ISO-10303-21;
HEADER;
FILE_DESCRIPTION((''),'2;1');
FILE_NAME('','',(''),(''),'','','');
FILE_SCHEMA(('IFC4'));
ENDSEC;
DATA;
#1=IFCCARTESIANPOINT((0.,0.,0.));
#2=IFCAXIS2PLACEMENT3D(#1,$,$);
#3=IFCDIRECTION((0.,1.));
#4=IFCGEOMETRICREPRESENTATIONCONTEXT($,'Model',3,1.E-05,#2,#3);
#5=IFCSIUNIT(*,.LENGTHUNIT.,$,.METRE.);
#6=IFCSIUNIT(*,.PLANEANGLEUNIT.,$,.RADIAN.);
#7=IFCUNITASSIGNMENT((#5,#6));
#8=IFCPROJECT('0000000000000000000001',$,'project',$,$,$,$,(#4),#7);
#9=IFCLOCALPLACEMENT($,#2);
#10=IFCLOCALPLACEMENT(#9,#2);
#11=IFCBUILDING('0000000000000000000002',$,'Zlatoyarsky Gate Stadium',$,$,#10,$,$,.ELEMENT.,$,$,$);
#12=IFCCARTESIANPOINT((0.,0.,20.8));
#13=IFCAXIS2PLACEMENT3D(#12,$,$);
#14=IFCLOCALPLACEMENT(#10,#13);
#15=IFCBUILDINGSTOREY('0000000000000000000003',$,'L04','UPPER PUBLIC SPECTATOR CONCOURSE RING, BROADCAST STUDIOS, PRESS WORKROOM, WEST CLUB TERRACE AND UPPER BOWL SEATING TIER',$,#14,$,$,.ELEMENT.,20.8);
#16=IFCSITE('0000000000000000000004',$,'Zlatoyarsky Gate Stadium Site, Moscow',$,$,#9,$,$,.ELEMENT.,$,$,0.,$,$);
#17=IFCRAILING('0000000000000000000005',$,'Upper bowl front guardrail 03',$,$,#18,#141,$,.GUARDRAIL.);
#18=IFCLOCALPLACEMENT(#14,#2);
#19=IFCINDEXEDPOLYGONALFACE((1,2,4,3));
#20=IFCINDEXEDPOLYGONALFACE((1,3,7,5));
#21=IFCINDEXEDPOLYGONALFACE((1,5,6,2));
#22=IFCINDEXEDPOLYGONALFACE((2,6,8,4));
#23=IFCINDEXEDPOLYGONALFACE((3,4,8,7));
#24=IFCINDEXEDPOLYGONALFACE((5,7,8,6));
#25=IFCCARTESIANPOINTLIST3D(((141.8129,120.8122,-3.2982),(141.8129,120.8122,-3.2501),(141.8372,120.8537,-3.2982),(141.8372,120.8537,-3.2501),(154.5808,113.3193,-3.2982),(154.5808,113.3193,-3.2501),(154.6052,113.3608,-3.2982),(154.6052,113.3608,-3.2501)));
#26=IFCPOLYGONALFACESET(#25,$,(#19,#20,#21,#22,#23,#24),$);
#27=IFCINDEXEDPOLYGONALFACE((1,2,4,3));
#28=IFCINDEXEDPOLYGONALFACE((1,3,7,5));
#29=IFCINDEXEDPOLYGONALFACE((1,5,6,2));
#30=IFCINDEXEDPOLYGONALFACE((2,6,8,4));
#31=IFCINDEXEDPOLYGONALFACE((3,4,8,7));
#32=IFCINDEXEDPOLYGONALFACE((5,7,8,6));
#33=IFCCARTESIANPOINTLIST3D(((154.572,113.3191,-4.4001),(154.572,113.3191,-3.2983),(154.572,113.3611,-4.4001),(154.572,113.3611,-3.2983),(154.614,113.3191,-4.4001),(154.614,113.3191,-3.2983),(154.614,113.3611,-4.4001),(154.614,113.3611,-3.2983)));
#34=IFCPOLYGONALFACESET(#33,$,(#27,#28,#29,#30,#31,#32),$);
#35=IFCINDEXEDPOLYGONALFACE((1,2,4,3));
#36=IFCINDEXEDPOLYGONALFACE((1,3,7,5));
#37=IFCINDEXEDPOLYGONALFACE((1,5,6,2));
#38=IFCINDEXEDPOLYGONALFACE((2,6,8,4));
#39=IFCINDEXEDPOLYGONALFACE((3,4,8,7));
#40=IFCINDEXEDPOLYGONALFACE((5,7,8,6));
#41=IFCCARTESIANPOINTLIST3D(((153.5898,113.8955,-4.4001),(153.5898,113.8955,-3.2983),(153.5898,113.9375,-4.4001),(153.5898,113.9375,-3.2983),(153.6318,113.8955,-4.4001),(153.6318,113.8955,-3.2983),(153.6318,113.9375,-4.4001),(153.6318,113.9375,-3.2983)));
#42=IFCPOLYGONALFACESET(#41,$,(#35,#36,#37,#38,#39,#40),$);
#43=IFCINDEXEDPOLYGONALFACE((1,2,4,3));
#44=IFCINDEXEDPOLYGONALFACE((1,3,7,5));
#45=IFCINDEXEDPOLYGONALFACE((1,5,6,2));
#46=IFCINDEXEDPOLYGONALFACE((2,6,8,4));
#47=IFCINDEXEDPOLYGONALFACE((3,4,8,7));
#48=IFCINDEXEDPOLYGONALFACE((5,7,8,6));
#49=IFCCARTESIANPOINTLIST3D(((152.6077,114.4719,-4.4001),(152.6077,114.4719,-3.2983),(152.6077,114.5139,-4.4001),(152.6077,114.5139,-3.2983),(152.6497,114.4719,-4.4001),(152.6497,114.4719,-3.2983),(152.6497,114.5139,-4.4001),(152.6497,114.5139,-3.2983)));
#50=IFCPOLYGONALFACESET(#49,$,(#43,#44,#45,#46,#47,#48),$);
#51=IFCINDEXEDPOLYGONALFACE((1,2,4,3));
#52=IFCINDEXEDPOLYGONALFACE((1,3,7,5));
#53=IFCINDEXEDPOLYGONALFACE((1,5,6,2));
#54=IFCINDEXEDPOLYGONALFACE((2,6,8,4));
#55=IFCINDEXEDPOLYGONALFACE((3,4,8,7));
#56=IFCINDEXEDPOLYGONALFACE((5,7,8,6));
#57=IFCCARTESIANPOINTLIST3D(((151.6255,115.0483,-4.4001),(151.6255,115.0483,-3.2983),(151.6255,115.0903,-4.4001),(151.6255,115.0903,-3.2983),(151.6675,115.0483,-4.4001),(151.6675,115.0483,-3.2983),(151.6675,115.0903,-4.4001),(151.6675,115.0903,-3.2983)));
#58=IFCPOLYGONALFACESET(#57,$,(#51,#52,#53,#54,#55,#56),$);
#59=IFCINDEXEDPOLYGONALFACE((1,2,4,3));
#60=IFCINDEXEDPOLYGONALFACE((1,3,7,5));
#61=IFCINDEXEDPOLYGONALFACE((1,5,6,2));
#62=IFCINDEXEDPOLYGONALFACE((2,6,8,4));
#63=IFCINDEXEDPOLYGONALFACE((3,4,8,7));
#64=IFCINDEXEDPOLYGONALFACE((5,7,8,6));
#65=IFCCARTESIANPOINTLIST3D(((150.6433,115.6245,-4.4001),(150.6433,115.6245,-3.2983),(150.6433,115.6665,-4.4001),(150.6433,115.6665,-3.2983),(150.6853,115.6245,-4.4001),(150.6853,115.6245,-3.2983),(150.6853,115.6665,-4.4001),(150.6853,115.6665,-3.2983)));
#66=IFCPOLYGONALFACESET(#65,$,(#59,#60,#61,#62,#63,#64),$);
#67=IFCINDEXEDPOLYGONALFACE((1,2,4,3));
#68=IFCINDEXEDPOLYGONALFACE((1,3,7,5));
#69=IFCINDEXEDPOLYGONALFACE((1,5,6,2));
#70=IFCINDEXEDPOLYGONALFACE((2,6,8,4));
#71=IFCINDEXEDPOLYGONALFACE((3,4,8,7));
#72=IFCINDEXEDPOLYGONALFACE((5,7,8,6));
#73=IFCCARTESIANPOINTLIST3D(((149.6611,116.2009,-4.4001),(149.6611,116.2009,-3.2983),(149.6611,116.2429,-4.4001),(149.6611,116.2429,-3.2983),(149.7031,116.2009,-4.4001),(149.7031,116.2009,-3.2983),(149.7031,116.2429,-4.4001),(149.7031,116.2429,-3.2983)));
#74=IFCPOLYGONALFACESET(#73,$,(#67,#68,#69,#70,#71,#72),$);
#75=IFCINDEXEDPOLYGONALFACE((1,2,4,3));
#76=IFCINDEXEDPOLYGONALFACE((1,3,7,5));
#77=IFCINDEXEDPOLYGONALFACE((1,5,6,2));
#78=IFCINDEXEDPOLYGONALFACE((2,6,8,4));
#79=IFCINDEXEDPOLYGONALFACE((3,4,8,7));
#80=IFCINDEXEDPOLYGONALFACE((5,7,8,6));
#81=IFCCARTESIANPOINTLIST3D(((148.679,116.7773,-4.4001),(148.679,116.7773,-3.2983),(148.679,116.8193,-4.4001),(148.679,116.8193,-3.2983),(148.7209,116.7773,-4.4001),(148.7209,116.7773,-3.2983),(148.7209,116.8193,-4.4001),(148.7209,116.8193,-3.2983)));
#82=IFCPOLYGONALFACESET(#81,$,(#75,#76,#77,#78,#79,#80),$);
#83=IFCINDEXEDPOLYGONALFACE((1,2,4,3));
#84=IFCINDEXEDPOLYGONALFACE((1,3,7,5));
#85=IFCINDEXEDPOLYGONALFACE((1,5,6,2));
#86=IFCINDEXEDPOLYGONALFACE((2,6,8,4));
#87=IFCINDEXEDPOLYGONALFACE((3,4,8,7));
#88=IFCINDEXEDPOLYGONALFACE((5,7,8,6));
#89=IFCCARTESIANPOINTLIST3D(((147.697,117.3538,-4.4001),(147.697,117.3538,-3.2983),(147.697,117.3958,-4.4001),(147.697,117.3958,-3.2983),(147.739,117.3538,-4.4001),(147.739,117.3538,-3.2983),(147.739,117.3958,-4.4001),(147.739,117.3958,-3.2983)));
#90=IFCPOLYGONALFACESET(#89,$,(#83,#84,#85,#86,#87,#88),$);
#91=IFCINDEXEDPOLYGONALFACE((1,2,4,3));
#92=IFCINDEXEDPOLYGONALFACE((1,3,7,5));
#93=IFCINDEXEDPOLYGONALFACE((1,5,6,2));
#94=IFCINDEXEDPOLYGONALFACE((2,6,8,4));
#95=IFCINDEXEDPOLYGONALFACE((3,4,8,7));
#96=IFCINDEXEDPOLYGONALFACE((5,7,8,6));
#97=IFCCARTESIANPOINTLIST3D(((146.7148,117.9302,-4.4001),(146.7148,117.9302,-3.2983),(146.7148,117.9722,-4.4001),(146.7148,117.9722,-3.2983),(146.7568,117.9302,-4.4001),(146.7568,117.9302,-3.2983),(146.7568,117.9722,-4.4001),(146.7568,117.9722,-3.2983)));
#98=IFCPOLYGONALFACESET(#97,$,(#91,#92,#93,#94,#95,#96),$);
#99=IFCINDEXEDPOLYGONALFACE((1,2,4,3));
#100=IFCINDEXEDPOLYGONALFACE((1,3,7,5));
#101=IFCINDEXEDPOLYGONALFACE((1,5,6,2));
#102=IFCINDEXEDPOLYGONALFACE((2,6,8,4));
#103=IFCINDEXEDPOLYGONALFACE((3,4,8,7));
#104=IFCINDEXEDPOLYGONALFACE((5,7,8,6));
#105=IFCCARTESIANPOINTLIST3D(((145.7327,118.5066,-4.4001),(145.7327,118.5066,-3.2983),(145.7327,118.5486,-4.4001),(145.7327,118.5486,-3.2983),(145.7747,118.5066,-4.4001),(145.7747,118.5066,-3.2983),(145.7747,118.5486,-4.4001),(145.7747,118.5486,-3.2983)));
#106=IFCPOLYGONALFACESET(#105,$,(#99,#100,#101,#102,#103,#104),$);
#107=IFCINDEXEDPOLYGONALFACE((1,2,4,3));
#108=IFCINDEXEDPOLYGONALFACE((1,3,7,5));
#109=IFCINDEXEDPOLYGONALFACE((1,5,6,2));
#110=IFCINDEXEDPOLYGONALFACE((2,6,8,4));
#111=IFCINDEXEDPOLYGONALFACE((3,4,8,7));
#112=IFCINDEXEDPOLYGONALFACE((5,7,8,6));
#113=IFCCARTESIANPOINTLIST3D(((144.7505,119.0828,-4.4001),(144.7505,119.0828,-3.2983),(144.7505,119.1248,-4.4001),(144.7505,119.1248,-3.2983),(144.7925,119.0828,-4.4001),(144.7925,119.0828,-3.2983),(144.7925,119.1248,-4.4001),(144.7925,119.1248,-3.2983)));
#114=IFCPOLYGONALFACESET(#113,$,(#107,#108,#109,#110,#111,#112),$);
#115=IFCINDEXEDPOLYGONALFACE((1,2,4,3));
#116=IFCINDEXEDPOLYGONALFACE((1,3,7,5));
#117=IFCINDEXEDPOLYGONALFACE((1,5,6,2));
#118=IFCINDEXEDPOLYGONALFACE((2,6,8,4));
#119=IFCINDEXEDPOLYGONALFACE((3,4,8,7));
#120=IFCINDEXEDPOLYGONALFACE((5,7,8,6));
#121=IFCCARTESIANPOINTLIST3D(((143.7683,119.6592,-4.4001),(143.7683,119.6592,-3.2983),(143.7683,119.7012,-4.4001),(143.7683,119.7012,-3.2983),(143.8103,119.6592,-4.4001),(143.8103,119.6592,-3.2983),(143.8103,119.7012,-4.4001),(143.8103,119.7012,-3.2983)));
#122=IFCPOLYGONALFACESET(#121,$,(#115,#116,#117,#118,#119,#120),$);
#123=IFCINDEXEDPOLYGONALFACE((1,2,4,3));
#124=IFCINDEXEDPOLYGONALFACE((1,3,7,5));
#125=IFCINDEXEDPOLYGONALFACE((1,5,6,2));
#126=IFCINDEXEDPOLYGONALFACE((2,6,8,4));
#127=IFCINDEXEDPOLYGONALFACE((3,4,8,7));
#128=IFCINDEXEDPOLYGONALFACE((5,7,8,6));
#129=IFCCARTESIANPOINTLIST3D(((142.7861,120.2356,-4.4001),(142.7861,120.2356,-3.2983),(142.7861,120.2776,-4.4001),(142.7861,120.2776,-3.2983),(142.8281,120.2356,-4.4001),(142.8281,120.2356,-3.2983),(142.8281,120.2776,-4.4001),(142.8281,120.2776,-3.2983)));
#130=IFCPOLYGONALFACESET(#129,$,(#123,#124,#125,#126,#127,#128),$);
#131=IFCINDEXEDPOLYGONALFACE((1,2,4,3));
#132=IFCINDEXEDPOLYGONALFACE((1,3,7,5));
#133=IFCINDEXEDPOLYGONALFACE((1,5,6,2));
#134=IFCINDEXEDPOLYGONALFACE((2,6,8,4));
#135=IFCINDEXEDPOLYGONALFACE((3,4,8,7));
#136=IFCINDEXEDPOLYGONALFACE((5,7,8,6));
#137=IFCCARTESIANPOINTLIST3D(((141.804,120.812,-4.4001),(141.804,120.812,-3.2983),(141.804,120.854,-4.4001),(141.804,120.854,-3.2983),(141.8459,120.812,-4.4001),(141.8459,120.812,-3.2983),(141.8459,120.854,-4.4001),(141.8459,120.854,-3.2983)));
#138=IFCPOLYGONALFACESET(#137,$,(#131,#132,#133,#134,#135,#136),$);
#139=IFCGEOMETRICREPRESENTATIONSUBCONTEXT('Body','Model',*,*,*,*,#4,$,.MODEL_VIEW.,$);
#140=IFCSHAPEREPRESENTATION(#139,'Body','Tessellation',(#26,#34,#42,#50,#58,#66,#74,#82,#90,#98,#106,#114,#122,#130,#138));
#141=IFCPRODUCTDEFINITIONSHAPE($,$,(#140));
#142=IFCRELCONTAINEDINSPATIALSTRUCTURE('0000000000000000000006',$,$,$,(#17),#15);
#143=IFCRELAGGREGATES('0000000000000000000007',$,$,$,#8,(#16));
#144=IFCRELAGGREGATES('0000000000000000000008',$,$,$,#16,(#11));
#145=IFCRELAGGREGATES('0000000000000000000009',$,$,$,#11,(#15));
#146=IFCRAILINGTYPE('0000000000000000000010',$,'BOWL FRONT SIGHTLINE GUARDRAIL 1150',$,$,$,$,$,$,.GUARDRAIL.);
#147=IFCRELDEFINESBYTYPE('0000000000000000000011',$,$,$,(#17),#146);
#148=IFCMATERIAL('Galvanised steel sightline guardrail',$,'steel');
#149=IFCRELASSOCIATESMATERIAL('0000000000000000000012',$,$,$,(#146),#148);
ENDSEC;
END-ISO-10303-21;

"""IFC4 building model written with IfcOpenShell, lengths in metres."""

from ifc_helpers import new_model, si_unit, direction, frame, origin, origin_2d, place, context, subcontext, project, spatial, rectangle, extrude, material, type_object, element, save


model = new_model("IFC4")

# Units and contexts
model_context = context("Model", 3, precision=1e-05, world=origin(), true_north=direction((0.0, 1.0)))
body_context = subcontext(model_context, "Body", "Model", "MODEL_VIEW")
ifc_project = project(units=[si_unit("LENGTHUNIT", "METRE"), si_unit("PLANEANGLEUNIT", "RADIAN")], contexts=[model_context])

# Site, building, storey
site_placement = place(None, origin())
site = spatial("IfcSite", under=ifc_project, at=site_placement, Name="Zlatoyarsky Gate Stadium Site, Moscow", CompositionType="ELEMENT", RefElevation=0.0)
building_placement = place(site_placement, origin())
building = spatial("IfcBuilding", under=site, at=building_placement, Name="Zlatoyarsky Gate Stadium", CompositionType="ELEMENT")
storey_placement = place(building_placement, frame((0.0, 0.0, 20.8)))
storey = spatial("IfcBuildingStorey", under=building, at=storey_placement, Name="L04", Description="UPPER PUBLIC SPECTATOR CONCOURSE RING, BROADCAST STUDIOS, PRESS WORKROOM, WEST CLUB TERRACE AND UPPER BOWL SEATING TIER", CompositionType="ELEMENT", Elevation=20.8)

# Railing
ifc_material_1 = material(Name="Galvanised steel sightline guardrail", Category="steel")
railing_type_1 = type_object("IfcRailingType", Name="BOWL FRONT SIGHTLINE GUARDRAIL 1150", PredefinedType="GUARDRAIL", material=ifc_material_1)
railing_1_placement = place(storey_placement, frame((154.593, 113.3401, -4.4001)))
element("IfcRailing", 1, at=railing_1_placement, inside=storey, type_object=railing_type_1, Name="Upper bowl front guardrail 03", PredefinedType="GUARDRAIL", context=body_context, shape_type="SweptSolid", body=[
    extrude(rectangle(XDim=0.0481, YDim=0.0481, at=origin_2d()), frame((0.0, 0.0, 1.126), z_axis=(-0.862456, 0.506131, 0.0), x_axis=(-0.506131, -0.862456, 0.0)), (0.0, 0.0, 1.0), 14.8042),
    extrude(rectangle(XDim=0.042, YDim=0.042, at=origin_2d()), origin(), (0.0, 0.0, 1.0), 1.1018),
    extrude(rectangle(XDim=0.042, YDim=0.042, at=origin_2d()), frame((-0.9822, 0.5764, 0.0)), (0.0, 0.0, 1.0), 1.1018),
    extrude(rectangle(XDim=0.042, YDim=0.042, at=origin_2d()), frame((-1.9644, 1.1528, 0.0)), (0.0, 0.0, 1.0), 1.1018),
    extrude(rectangle(XDim=0.042, YDim=0.042, at=origin_2d()), frame((-2.9465, 1.7292, 0.0)), (0.0, 0.0, 1.0), 1.1018),
    extrude(rectangle(XDim=0.042, YDim=0.042, at=origin_2d()), frame((-3.9287, 2.3054, 0.0)), (0.0, 0.0, 1.0), 1.1018),
    extrude(rectangle(XDim=0.042, YDim=0.042, at=origin_2d()), frame((-4.9109, 2.8818, 0.0)), (0.0, 0.0, 1.0), 1.1018),
    extrude(rectangle(XDim=0.042, YDim=0.042, at=origin_2d()), frame((-5.8931, 3.4583, 0.0)), (0.0, 0.0, 1.0), 1.1018),
    extrude(rectangle(XDim=0.042, YDim=0.042, at=origin_2d()), frame((-6.875, 4.0347, 0.0)), (0.0, 0.0, 1.0), 1.1018),
    extrude(rectangle(XDim=0.042, YDim=0.042, at=origin_2d()), frame((-7.8572, 4.6111, 0.0)), (0.0, 0.0, 1.0), 1.1018),
    extrude(rectangle(XDim=0.042, YDim=0.042, at=origin_2d()), frame((-8.8394, 5.1875, 0.0)), (0.0, 0.0, 1.0), 1.1018),
    extrude(rectangle(XDim=0.042, YDim=0.042, at=origin_2d()), frame((-9.8215, 5.7637, 0.0)), (0.0, 0.0, 1.0), 1.1018),
    extrude(rectangle(XDim=0.042, YDim=0.042, at=origin_2d()), frame((-10.8037, 6.3401, 0.0)), (0.0, 0.0, 1.0), 1.1018),
    extrude(rectangle(XDim=0.042, YDim=0.042, at=origin_2d()), frame((-11.7859, 6.9165, 0.0)), (0.0, 0.0, 1.0), 1.1018),
    extrude(rectangle(XDim=0.042, YDim=0.042, at=origin_2d()), frame((-12.7681, 7.4929, 0.0)), (0.0, 0.0, 1.0), 1.1018),
])

save(model, "model.ifc")
